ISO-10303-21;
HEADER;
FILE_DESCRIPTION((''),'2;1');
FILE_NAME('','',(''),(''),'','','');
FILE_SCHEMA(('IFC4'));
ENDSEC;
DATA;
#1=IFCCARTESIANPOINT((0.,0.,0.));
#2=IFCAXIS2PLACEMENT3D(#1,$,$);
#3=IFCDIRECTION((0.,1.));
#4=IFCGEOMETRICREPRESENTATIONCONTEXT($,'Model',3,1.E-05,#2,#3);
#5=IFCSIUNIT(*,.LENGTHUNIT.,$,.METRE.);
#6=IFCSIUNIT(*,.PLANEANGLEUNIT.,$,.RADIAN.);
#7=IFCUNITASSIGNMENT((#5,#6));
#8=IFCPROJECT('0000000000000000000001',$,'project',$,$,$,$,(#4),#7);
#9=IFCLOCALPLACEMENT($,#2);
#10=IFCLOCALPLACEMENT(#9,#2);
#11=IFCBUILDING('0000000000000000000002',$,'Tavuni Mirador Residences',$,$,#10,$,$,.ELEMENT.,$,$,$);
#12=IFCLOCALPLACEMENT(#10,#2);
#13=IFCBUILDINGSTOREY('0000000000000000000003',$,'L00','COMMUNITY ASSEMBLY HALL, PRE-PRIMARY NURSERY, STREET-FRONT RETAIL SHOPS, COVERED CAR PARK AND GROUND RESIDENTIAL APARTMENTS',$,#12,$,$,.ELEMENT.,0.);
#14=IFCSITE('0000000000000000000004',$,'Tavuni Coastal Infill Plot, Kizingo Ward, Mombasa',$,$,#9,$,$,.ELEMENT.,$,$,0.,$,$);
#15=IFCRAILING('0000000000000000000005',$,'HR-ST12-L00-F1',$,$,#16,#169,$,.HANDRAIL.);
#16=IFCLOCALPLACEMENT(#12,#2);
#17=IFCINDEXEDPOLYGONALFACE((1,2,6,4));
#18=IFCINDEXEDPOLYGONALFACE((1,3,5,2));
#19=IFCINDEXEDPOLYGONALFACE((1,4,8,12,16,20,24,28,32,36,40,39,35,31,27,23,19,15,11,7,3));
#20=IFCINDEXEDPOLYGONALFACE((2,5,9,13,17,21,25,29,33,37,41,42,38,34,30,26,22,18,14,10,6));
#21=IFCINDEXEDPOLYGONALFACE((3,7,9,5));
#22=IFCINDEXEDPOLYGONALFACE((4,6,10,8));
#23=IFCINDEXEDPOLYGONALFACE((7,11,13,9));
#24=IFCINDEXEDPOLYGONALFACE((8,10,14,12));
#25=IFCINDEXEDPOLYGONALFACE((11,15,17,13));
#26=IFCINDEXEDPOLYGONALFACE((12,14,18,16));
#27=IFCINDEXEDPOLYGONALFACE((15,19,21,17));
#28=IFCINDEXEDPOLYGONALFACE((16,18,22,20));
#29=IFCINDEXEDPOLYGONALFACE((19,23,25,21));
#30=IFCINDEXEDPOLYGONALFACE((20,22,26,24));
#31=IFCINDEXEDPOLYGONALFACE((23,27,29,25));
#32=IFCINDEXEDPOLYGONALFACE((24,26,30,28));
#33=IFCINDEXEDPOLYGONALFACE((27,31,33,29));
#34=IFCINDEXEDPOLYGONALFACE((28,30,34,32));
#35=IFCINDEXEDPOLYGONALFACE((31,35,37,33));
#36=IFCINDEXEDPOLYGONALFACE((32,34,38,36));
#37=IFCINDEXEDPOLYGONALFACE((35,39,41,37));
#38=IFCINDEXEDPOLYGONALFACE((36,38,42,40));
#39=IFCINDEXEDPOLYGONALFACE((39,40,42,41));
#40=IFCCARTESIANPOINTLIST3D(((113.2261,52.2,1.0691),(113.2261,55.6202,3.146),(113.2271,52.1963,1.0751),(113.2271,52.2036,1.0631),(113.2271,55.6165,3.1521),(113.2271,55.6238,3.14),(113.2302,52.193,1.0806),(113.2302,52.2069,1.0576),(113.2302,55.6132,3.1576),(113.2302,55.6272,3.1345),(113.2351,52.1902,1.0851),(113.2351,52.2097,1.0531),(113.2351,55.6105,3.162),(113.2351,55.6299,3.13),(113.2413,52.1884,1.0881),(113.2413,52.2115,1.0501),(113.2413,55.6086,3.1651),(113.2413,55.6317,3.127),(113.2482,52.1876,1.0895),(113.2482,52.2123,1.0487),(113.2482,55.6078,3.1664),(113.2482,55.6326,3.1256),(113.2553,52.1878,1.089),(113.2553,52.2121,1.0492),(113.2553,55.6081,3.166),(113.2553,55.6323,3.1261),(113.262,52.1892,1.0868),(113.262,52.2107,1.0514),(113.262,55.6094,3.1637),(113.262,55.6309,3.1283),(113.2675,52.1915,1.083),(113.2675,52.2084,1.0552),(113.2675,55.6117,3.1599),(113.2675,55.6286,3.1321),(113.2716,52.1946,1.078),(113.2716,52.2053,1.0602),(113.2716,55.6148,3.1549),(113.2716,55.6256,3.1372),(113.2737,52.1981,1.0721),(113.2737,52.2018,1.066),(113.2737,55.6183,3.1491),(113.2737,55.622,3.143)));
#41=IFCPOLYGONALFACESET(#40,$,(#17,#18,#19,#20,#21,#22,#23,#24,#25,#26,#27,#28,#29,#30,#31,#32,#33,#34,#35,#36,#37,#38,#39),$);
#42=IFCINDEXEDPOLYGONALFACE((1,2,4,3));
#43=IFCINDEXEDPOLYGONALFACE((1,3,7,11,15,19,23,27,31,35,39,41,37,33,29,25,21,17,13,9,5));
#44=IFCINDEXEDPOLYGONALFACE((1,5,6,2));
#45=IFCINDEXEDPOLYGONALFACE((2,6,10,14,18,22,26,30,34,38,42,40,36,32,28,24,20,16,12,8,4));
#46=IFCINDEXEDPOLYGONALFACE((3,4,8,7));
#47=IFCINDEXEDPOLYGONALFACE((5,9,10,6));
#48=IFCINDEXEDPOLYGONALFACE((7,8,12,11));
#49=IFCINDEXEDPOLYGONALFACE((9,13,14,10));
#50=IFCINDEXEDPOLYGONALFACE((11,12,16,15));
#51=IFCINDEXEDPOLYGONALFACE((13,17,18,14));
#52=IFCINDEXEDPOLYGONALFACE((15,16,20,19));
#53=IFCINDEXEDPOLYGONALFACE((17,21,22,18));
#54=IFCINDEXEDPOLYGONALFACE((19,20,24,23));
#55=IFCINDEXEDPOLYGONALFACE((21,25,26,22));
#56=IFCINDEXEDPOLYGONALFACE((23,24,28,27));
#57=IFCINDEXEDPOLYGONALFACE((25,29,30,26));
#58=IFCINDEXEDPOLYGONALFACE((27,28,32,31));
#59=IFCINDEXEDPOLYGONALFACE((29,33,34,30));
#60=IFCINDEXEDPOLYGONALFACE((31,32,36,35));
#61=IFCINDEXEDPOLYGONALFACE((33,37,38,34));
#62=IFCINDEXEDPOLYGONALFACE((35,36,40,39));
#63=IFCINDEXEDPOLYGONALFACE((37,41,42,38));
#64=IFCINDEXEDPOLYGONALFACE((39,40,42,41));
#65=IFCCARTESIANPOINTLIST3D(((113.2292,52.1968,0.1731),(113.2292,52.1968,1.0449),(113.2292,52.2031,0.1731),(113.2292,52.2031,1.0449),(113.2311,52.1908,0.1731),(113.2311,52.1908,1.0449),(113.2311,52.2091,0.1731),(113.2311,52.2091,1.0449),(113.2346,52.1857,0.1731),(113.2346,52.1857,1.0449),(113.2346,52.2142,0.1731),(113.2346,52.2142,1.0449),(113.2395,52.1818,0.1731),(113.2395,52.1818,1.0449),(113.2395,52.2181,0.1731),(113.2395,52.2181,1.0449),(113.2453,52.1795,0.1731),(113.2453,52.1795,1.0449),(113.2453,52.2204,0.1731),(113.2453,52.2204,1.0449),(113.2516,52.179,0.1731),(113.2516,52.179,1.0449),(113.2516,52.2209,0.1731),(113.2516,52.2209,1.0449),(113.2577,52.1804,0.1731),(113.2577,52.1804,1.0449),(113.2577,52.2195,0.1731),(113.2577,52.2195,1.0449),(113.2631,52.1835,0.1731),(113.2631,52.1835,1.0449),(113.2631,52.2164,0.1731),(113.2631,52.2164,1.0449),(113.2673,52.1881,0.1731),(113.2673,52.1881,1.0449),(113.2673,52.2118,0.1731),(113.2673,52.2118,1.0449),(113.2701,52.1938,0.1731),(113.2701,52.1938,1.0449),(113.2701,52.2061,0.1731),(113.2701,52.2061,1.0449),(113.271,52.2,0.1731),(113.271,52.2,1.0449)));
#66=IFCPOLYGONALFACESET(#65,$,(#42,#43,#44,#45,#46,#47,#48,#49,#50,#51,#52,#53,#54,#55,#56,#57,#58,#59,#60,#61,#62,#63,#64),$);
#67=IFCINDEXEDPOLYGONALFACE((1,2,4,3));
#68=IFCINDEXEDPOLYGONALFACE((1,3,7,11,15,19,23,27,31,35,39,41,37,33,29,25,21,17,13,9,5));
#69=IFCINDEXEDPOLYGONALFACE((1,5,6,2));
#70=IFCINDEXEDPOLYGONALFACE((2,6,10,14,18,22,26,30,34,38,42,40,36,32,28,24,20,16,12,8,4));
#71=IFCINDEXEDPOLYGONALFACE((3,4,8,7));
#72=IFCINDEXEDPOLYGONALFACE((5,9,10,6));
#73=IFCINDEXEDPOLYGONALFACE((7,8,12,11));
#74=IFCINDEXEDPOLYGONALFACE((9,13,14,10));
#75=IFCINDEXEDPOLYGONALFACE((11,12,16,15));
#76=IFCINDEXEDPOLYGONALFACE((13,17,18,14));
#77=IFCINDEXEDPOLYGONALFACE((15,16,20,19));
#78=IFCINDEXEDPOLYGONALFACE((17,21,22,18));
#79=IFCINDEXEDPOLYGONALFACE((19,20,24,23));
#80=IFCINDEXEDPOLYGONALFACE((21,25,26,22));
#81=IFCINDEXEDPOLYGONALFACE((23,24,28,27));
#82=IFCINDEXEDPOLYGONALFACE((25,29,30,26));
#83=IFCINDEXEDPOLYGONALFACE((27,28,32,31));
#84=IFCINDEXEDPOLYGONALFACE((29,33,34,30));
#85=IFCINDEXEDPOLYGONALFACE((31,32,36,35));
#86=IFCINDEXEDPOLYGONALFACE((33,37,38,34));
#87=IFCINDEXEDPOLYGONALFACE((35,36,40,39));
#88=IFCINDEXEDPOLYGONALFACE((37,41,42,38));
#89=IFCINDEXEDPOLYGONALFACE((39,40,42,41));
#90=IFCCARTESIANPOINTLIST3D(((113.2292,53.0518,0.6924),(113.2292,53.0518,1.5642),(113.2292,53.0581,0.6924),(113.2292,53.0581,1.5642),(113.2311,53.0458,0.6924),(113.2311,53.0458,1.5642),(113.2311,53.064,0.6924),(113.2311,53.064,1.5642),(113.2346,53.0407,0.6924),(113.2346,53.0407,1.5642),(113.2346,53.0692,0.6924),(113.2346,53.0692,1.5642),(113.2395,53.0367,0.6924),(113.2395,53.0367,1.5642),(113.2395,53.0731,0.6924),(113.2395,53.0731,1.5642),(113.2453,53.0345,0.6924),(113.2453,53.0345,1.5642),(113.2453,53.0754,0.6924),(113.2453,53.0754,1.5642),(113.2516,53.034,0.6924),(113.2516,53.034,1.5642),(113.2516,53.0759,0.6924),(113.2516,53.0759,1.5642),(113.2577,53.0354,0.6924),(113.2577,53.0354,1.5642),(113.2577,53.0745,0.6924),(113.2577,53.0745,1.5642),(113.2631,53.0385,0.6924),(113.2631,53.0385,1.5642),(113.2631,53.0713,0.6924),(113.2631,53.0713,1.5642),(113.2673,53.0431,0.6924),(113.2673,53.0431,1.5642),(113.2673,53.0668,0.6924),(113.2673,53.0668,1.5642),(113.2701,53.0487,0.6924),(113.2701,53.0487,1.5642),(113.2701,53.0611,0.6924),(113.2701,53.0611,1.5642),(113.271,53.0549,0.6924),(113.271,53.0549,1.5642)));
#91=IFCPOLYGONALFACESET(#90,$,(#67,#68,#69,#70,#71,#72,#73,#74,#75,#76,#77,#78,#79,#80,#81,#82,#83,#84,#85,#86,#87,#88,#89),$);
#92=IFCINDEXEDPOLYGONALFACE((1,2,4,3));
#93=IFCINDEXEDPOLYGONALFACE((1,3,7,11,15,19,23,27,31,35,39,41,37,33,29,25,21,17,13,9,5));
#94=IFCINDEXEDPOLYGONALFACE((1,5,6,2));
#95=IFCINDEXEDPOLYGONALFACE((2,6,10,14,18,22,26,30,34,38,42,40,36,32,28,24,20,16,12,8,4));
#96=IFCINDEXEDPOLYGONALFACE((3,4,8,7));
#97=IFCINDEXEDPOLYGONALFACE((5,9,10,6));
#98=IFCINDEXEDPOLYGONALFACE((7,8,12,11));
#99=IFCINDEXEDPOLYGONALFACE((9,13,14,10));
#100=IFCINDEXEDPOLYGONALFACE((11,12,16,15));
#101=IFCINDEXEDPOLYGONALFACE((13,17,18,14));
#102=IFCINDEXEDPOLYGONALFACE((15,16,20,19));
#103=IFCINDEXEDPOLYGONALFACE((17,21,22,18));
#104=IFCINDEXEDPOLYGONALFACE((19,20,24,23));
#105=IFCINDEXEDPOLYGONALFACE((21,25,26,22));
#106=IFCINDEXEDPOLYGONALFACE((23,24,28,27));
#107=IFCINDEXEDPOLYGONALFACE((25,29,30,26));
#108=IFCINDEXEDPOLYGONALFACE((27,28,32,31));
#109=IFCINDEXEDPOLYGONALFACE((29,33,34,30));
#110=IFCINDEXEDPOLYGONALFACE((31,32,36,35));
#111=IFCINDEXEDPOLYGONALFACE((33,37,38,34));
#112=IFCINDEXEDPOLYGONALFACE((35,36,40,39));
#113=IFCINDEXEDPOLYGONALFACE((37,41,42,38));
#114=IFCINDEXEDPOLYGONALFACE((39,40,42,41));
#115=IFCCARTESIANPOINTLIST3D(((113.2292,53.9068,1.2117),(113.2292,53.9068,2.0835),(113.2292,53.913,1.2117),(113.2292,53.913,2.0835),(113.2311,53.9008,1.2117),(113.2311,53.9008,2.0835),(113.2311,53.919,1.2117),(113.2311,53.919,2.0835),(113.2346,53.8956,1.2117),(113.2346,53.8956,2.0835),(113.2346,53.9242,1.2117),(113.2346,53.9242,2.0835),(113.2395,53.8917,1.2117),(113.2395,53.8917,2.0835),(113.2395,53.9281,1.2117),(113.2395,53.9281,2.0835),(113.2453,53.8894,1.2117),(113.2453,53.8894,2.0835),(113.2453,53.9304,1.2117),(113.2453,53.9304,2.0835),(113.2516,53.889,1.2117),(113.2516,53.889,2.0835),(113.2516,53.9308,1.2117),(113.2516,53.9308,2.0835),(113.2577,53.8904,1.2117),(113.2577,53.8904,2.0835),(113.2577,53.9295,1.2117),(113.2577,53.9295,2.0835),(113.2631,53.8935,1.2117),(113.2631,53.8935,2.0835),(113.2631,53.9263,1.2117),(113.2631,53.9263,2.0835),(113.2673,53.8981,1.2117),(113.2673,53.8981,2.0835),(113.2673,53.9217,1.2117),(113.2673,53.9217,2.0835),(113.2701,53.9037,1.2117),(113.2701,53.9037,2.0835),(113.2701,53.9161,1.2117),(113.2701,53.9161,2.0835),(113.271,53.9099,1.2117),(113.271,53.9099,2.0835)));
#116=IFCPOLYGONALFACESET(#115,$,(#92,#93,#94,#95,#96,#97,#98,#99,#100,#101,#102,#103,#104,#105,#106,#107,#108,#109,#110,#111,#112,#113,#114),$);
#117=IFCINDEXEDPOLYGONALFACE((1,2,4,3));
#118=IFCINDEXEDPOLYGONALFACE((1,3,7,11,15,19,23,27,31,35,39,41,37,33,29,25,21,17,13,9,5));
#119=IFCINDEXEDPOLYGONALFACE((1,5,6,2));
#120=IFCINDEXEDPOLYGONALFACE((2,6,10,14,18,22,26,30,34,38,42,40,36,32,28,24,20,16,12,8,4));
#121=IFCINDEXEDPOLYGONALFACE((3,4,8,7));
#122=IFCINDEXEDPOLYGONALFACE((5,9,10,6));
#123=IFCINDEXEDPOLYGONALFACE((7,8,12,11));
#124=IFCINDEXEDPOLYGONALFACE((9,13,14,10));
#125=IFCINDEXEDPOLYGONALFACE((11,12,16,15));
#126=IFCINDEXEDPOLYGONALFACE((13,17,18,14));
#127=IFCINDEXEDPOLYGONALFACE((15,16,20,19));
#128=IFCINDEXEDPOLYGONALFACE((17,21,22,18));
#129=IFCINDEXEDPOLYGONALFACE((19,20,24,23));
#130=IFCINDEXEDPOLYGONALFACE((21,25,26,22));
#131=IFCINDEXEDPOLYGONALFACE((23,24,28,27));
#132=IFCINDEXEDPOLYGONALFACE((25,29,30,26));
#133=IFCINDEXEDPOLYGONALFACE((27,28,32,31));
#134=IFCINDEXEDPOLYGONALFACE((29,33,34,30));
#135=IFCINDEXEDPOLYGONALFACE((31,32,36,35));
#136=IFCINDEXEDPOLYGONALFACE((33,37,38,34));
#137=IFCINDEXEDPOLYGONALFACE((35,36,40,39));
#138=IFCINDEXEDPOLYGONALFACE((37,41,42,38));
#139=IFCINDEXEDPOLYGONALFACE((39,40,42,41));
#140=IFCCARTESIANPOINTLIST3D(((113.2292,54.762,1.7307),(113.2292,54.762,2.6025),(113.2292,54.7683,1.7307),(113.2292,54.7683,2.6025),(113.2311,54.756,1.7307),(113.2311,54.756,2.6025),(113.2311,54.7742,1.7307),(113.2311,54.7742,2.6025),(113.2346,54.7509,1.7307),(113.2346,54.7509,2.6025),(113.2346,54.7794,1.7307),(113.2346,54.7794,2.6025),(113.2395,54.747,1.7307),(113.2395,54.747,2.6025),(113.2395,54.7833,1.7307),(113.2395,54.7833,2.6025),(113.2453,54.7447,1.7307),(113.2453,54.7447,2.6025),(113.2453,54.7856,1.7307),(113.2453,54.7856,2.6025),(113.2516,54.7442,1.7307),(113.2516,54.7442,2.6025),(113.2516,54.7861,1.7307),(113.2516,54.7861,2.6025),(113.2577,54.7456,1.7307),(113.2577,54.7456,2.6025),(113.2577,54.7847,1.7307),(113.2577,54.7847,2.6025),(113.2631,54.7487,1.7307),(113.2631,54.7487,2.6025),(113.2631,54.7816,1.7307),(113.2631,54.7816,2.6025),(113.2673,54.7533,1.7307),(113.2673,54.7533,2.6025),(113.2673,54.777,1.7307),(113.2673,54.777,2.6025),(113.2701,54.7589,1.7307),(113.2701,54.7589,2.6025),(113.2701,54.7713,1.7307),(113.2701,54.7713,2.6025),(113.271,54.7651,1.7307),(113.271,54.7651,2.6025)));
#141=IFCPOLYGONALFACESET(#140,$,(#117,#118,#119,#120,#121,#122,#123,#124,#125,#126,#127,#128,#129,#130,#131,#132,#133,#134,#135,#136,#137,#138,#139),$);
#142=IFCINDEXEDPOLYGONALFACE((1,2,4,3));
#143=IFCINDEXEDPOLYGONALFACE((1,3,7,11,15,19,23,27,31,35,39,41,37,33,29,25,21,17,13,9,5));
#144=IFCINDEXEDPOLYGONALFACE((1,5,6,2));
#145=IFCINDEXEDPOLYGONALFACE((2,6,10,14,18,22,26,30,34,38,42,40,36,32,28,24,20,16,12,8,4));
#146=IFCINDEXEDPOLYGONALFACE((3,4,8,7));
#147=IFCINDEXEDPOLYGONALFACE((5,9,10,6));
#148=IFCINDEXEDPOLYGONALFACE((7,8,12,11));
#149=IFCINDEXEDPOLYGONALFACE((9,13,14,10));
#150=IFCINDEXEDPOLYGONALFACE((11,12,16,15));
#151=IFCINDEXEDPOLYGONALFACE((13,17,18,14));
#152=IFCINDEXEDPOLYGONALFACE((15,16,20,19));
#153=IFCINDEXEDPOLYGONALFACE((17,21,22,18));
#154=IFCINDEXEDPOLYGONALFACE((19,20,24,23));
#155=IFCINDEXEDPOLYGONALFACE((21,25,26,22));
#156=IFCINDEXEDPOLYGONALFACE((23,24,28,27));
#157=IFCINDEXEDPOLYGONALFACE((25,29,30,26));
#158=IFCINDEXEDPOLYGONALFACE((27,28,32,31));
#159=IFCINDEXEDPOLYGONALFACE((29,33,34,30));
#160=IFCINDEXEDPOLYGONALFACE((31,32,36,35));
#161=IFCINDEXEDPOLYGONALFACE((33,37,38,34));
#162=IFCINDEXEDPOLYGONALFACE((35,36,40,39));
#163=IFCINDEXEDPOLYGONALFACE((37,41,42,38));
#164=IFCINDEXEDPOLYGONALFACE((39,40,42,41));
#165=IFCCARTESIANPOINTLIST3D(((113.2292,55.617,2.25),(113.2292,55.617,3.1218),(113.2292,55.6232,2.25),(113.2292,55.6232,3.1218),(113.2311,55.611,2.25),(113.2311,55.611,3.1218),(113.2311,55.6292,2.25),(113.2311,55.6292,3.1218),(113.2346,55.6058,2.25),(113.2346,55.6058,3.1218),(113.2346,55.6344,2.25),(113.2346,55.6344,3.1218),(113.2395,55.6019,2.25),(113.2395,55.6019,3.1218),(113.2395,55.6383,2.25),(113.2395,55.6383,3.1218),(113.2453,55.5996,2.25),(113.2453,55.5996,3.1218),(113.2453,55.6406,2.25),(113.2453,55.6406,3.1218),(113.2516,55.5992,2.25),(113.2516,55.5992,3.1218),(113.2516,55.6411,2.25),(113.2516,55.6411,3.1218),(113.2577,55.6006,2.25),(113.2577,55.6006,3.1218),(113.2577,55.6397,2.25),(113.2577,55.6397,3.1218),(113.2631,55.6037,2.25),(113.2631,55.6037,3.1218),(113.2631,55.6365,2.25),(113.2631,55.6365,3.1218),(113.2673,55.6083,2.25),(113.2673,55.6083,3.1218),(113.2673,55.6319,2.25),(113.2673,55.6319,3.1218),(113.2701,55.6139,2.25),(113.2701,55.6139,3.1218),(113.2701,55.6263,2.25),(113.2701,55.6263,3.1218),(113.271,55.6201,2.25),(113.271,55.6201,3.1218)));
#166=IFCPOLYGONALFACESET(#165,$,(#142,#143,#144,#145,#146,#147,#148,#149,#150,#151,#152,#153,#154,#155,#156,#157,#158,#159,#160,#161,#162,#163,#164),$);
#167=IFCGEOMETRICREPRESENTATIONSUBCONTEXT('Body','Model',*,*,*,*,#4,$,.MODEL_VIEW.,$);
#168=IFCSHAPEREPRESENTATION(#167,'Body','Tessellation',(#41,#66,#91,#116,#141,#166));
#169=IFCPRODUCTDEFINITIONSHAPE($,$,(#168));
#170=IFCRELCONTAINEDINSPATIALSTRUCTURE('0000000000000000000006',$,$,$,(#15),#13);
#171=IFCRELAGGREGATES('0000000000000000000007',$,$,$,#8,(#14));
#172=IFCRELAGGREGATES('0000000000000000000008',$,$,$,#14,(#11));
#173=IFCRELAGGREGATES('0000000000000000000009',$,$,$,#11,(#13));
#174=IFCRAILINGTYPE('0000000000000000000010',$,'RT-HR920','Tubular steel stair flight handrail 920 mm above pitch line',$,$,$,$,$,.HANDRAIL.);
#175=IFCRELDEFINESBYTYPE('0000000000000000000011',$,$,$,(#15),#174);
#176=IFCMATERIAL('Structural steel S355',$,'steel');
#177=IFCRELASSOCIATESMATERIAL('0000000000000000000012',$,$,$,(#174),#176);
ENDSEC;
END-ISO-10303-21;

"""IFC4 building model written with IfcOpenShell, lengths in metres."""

from ifc_helpers import new_model, si_unit, direction, frame, origin, origin_2d, place, context, subcontext, project, spatial, circle, extrude, material, type_object, element, save


model = new_model("IFC4")

# Units and contexts
model_context = context("Model", 3, precision=1e-05, world=origin(), true_north=direction((0.0, 1.0)))
body_context = subcontext(model_context, "Body", "Model", "MODEL_VIEW")
ifc_project = project(units=[si_unit("LENGTHUNIT", "METRE"), si_unit("PLANEANGLEUNIT", "RADIAN")], contexts=[model_context])

# Site, building, storey
site_placement = place(None, origin())
site = spatial("IfcSite", under=ifc_project, at=site_placement, Name="Tavuni Coastal Infill Plot, Kizingo Ward, Mombasa", CompositionType="ELEMENT", RefElevation=0.0)
building_placement = place(site_placement, origin())
building = spatial("IfcBuilding", under=site, at=building_placement, Name="Tavuni Mirador Residences", CompositionType="ELEMENT")
storey_placement = place(building_placement, origin())
storey = spatial("IfcBuildingStorey", under=building, at=storey_placement, Name="L00", Description="COMMUNITY ASSEMBLY HALL, PRE-PRIMARY NURSERY, STREET-FRONT RETAIL SHOPS, COVERED CAR PARK AND GROUND RESIDENTIAL APARTMENTS", CompositionType="ELEMENT", Elevation=0.0)

# Railing
ifc_material_1 = material(Name="Structural steel S355", Category="steel")
railing_type_1 = type_object("IfcRailingType", Name="RT-HR920", Description="Tubular steel stair flight handrail 920 mm above pitch line", PredefinedType="HANDRAIL", material=ifc_material_1)
railing_1_placement = place(storey_placement, frame((113.25, 52.2, 0.1731)))
element("IfcRailing", 1, at=railing_1_placement, inside=storey, type_object=railing_type_1, Name="HR-ST12-L00-F1", PredefinedType="HANDRAIL", context=body_context, shape_type="SweptSolid", body=[
    extrude(circle(Radius=0.0239, at=origin_2d()), frame((0.0, 0.0, 0.896), z_axis=(0.0, 0.854746, 0.519047), x_axis=(-1.0, 0.0, 0.0)), (0.0, 0.0, 1.0), 4.0015),
    extrude(circle(Radius=0.021, at=origin_2d()), origin(), (0.0, 0.0, 1.0), 0.8718),
    extrude(circle(Radius=0.021, at=origin_2d()), frame((0.0, 0.855, 0.5193)), (0.0, 0.0, 1.0), 0.8718),
    extrude(circle(Radius=0.021, at=origin_2d()), frame((0.0, 1.71, 1.0386)), (0.0, 0.0, 1.0), 0.8718),
    extrude(circle(Radius=0.021, at=origin_2d()), frame((0.0, 2.5652, 1.5576)), (0.0, 0.0, 1.0), 0.8718),
    extrude(circle(Radius=0.021, at=origin_2d()), frame((0.0, 3.4202, 2.0769)), (0.0, 0.0, 1.0), 0.8718),
])

save(model, "model.ifc")
